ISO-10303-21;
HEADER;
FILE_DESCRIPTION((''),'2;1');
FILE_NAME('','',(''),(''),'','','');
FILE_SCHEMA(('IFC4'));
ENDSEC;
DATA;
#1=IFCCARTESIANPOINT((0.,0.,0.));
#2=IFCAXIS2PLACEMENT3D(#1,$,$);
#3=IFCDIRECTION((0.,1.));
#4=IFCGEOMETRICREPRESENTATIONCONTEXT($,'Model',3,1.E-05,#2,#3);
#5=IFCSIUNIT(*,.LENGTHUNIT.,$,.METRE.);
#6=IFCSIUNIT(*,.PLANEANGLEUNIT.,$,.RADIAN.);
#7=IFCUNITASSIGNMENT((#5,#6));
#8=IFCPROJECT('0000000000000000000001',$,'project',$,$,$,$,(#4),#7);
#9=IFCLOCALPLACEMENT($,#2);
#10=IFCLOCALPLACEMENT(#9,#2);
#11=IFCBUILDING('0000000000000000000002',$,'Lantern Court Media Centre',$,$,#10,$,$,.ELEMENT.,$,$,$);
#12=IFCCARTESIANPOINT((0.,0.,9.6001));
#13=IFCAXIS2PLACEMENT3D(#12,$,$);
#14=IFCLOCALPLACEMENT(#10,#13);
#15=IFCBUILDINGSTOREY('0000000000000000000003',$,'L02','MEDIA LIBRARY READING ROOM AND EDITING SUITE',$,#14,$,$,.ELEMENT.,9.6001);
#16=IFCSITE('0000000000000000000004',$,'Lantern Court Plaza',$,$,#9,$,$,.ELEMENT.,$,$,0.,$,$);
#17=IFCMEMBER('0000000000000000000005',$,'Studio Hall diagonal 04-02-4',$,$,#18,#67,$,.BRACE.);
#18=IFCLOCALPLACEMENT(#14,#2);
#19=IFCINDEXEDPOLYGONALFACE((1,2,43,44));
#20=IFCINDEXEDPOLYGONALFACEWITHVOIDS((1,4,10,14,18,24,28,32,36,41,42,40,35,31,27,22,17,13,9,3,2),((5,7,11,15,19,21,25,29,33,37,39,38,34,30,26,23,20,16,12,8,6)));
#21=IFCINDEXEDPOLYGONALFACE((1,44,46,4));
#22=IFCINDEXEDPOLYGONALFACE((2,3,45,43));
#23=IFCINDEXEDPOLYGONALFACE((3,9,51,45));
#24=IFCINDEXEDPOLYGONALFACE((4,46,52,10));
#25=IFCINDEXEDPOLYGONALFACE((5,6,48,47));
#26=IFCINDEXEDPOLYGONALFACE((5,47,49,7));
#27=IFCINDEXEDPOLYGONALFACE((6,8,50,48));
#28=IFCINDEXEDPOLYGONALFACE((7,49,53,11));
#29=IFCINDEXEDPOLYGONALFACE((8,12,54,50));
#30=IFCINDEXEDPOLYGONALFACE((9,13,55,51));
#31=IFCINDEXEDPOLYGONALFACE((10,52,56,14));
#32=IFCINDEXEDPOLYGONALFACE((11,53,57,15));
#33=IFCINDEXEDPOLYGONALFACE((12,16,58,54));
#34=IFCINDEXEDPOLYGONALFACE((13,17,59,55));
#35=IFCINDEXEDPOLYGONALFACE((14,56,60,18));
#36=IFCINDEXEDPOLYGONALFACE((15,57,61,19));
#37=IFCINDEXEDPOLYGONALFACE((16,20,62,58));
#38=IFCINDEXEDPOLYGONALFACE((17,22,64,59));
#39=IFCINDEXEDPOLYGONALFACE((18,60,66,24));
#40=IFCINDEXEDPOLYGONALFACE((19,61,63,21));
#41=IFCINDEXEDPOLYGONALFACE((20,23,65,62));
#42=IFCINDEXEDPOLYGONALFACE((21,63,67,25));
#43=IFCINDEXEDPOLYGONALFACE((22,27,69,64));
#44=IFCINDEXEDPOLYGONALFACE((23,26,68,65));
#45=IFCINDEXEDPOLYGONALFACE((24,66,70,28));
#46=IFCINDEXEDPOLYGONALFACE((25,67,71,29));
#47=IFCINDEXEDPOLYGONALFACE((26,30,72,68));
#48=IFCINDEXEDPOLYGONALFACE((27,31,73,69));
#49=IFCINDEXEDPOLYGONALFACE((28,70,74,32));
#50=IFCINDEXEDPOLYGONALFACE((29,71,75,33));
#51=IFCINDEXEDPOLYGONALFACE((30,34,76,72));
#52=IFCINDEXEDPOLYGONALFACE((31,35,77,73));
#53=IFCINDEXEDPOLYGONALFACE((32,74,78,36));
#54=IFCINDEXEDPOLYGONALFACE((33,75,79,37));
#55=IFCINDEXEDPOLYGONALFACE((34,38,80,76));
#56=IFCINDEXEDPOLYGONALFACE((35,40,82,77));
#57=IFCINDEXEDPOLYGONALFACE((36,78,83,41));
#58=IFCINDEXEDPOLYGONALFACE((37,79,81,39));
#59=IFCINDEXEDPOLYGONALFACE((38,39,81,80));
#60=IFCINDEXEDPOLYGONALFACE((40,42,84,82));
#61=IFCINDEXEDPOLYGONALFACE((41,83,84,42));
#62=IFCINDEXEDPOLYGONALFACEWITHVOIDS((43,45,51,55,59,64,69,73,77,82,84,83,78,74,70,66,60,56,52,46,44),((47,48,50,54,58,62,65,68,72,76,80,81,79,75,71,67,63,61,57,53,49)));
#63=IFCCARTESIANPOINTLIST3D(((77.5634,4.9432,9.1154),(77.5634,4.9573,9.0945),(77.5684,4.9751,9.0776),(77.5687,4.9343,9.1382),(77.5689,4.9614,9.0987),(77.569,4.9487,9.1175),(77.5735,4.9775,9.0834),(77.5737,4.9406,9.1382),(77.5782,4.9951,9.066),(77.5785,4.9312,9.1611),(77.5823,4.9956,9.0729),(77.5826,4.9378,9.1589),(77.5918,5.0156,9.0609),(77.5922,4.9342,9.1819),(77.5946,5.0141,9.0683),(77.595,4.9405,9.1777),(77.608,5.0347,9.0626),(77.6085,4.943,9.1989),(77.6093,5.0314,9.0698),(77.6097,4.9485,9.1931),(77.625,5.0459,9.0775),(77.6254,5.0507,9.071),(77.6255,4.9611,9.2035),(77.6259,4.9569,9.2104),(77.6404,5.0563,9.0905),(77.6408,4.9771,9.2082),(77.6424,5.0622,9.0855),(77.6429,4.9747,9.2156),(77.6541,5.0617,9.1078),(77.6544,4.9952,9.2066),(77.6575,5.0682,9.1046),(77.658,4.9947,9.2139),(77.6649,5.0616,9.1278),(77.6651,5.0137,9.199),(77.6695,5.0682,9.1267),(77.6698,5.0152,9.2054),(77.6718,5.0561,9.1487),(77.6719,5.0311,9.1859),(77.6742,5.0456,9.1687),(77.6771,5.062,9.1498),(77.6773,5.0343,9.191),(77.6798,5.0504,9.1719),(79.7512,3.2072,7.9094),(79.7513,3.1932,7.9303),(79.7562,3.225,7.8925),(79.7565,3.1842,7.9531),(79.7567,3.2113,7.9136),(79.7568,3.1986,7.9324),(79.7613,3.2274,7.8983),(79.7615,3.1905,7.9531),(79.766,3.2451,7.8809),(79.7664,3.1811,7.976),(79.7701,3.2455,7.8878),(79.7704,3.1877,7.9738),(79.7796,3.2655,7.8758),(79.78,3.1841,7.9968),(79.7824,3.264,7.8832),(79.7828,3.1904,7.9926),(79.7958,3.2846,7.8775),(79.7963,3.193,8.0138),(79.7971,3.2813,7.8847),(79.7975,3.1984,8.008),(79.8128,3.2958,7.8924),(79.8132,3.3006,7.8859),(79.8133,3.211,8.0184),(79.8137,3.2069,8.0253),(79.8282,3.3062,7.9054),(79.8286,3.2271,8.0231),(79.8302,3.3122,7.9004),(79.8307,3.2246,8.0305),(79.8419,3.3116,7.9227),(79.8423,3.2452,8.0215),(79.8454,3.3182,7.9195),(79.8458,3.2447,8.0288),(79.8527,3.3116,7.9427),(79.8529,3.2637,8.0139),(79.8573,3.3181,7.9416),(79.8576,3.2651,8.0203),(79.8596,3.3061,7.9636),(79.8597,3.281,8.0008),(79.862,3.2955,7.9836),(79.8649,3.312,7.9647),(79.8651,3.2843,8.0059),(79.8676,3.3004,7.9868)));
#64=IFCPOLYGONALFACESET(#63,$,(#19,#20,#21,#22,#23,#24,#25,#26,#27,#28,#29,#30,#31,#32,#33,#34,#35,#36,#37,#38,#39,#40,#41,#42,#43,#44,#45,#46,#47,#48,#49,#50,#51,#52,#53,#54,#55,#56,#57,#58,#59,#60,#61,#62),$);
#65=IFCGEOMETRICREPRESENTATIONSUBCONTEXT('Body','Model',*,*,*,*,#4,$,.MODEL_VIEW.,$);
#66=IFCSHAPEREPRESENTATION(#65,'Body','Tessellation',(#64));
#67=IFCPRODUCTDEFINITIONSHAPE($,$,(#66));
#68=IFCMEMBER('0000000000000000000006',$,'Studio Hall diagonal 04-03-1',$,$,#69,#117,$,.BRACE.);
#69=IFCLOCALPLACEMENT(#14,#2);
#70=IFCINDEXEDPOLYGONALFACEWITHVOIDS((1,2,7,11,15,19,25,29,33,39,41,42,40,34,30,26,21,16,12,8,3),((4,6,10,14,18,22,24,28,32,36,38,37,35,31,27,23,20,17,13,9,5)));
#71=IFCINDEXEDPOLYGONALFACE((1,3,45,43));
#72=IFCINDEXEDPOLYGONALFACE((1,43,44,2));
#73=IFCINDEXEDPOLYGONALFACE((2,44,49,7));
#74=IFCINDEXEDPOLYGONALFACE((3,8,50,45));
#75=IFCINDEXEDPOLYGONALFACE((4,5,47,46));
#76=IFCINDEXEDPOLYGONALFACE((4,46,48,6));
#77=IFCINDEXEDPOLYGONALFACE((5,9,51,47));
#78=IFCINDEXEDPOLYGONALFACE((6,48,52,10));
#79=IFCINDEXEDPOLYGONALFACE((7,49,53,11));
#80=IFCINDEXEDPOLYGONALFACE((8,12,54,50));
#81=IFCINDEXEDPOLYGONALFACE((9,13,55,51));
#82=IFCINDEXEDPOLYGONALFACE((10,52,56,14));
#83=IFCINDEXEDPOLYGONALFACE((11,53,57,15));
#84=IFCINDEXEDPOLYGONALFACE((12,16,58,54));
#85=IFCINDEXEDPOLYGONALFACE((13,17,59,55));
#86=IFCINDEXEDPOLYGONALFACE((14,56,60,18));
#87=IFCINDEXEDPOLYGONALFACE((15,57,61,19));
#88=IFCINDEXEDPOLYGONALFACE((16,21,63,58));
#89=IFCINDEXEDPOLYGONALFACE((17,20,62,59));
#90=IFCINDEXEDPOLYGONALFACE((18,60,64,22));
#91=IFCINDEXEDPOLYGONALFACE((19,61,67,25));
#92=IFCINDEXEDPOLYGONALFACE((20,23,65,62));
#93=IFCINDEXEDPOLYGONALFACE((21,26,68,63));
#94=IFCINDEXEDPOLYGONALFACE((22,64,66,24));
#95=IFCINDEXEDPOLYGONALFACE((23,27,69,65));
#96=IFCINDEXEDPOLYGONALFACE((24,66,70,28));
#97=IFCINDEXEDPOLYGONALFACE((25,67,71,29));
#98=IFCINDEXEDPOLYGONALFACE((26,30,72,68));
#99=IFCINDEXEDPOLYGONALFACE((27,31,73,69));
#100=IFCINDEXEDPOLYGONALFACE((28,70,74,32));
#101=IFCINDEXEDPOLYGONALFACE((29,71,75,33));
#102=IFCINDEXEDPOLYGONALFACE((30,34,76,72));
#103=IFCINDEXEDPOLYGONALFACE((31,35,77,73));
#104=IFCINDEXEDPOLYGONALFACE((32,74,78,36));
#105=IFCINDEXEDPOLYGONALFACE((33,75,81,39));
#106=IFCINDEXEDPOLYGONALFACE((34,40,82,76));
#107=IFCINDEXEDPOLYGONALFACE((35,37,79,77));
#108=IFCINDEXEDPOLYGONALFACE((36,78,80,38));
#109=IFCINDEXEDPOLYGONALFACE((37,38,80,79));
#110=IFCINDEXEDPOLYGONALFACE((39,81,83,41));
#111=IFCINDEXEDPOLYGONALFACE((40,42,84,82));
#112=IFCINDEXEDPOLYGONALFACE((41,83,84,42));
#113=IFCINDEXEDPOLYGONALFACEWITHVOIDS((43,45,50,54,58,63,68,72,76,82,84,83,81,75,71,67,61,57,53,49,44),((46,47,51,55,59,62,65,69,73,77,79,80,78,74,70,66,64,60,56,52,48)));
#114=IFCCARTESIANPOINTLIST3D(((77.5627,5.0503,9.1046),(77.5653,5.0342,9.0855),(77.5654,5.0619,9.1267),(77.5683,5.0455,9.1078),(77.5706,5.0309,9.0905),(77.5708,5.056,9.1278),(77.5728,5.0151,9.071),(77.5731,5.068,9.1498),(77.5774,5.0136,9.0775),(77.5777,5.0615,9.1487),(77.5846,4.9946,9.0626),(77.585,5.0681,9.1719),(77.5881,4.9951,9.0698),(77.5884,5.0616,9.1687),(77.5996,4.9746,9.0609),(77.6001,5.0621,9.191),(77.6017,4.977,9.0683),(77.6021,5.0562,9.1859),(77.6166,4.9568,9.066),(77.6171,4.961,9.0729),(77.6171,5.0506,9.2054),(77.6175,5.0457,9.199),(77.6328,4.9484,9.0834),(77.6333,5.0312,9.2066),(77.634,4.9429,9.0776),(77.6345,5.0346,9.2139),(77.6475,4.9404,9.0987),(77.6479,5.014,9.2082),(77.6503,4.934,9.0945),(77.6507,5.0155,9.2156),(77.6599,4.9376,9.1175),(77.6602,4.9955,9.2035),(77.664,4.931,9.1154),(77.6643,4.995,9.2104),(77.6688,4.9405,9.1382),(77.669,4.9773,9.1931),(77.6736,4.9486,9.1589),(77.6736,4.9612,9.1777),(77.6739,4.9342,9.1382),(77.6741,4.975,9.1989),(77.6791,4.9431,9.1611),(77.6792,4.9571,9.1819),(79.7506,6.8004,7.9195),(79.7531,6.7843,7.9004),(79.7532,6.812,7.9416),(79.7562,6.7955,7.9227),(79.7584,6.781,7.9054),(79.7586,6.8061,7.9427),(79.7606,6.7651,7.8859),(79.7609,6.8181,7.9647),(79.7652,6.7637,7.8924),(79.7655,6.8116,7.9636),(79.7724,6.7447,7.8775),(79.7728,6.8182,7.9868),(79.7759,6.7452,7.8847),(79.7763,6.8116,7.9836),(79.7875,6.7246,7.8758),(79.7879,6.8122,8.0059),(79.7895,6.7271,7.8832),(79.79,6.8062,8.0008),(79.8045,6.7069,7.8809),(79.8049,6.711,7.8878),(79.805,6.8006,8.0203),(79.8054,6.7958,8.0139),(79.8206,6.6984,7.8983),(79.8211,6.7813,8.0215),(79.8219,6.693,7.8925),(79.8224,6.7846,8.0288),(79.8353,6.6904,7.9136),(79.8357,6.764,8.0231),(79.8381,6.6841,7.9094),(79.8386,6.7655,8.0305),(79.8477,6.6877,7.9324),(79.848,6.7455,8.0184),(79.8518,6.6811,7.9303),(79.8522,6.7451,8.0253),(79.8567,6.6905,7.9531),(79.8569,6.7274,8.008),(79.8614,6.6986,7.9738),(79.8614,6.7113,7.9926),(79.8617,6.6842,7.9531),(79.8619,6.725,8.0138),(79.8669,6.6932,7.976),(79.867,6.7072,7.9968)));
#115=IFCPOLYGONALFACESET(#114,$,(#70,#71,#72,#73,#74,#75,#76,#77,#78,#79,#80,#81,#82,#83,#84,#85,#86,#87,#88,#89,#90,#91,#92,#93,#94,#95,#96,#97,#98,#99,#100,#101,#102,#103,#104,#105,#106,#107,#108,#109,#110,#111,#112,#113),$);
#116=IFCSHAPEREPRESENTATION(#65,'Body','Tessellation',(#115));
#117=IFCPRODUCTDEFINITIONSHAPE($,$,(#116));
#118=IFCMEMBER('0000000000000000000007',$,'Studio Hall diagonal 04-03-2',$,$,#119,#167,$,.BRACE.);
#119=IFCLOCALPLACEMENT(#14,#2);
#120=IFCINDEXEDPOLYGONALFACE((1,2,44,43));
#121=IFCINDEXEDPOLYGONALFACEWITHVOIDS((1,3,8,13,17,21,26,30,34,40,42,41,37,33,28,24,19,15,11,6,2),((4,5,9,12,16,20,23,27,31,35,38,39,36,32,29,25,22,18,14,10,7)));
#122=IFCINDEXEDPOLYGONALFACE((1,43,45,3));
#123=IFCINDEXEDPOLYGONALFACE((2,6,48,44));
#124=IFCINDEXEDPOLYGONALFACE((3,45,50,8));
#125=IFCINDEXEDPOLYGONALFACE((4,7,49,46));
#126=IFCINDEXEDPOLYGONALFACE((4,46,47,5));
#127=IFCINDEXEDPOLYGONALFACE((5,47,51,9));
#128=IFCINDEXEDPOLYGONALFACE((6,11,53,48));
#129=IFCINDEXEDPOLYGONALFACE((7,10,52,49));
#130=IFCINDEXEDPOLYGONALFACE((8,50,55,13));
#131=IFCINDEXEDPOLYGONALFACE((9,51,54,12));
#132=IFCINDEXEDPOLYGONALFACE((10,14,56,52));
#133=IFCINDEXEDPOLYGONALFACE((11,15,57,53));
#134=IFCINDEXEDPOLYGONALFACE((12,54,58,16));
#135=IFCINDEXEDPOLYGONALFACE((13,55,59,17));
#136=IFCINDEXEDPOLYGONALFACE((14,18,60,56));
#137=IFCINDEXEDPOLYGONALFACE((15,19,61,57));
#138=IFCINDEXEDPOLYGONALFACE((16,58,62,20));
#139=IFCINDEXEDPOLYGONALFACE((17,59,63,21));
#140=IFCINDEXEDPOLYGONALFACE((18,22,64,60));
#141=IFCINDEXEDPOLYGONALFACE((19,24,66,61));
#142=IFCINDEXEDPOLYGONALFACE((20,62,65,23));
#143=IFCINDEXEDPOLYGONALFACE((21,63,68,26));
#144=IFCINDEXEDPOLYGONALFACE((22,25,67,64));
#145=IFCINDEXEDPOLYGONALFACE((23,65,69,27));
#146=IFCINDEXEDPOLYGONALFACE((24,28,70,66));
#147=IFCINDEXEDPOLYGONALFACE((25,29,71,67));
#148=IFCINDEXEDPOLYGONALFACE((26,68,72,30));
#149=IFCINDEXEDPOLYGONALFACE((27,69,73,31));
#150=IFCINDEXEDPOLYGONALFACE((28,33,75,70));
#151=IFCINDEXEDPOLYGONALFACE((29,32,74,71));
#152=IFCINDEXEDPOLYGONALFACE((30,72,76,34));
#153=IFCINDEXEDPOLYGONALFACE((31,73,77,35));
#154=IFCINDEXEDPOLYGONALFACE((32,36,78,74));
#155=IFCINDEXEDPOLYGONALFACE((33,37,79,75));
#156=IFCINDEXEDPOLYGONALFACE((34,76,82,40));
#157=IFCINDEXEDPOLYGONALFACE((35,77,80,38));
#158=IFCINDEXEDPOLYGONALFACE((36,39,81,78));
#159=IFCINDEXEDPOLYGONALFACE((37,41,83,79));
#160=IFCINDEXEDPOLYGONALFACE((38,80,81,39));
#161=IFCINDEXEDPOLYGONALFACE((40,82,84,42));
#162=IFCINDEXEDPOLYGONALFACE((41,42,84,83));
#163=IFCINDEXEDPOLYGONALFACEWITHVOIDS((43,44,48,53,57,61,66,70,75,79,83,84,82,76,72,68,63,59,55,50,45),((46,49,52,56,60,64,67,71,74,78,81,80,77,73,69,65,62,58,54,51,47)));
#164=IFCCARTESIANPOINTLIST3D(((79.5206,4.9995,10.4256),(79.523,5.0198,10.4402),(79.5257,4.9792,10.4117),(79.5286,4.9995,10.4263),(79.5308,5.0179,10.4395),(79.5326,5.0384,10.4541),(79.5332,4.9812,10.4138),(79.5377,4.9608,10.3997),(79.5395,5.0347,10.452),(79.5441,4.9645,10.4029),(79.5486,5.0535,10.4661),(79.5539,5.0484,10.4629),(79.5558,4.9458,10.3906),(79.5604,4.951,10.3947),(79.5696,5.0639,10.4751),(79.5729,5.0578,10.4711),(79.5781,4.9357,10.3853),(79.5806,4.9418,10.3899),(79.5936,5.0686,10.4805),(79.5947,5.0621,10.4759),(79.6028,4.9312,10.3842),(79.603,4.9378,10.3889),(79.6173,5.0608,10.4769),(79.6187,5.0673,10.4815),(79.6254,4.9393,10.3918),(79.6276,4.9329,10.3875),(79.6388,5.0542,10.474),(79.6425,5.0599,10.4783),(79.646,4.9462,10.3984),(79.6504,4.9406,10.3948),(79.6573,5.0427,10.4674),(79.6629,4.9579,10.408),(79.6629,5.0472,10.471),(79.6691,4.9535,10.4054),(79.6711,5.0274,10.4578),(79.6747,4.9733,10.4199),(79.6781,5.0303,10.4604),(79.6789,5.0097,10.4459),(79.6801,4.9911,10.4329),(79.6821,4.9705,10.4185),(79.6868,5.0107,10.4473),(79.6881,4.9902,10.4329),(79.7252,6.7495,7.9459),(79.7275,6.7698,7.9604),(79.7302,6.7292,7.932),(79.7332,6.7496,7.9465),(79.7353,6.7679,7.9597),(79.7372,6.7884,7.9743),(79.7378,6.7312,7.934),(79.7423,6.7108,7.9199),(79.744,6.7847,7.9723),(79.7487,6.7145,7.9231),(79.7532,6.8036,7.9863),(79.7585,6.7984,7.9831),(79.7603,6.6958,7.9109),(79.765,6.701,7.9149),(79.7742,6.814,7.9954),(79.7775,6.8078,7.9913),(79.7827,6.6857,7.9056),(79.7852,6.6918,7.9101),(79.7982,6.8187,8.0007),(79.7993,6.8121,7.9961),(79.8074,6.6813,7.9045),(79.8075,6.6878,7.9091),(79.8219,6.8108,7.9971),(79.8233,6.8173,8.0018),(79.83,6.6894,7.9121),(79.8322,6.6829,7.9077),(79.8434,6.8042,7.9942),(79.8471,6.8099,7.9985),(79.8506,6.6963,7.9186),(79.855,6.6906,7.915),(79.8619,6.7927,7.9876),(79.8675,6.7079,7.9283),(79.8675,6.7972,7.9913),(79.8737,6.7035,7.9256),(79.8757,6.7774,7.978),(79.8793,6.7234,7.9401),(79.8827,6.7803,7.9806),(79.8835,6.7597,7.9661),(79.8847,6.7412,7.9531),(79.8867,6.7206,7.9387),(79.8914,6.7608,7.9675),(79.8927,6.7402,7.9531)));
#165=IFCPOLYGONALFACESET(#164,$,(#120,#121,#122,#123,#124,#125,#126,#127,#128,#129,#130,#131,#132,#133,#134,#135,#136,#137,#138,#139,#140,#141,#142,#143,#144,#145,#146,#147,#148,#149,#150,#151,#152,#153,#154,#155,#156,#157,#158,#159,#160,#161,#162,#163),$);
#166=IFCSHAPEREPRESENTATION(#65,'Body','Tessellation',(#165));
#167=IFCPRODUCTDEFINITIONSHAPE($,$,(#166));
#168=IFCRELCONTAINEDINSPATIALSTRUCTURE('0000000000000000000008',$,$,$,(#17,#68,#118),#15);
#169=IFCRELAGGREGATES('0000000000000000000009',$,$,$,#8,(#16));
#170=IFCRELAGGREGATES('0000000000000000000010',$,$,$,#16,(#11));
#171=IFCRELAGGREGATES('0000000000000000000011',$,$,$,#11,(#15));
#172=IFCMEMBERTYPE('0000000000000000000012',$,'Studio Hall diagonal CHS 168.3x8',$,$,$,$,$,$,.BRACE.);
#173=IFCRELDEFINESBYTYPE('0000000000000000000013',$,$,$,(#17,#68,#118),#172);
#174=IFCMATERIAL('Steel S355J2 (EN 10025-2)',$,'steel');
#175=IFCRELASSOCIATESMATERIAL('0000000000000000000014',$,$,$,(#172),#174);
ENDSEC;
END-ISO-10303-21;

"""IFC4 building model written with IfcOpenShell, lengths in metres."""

from ifc_helpers import new_model, si_unit, direction, frame, origin, origin_2d, place, context, subcontext, project, spatial, hollow_circle, extrude, material, material_profile, profile_set, type_object, element, save


model = new_model("IFC4")

# Units and contexts
model_context = context("Model", 3, precision=1e-05, world=origin(), true_north=direction((0.0, 1.0)))
body_context = subcontext(model_context, "Body", "Model", "MODEL_VIEW")
ifc_project = project(units=[si_unit("LENGTHUNIT", "METRE"), si_unit("PLANEANGLEUNIT", "RADIAN")], contexts=[model_context])

# Site, building, storey
site_placement = place(None, origin())
site = spatial("IfcSite", under=ifc_project, at=site_placement, Name="Lantern Court Plaza", CompositionType="ELEMENT", RefElevation=0.0)
building_placement = place(site_placement, origin())
building = spatial("IfcBuilding", under=site, at=building_placement, Name="Lantern Court Media Centre", CompositionType="ELEMENT")
storey_placement = place(building_placement, frame((0.0, 0.0, 9.6001)))
storey = spatial("IfcBuildingStorey", under=building, at=storey_placement, Name="L02", Description="MEDIA LIBRARY READING ROOM AND EDITING SUITE", CompositionType="ELEMENT", Elevation=9.6001)

# Members
ifc_material = material(Name="Steel S355J2 (EN 10025-2)", Category="steel")
ifc_material_profile_1 = material_profile(ifc_material, hollow_circle(Radius=0.0842, WallThickness=0.0081, at=origin_2d()), Name="Studio Hall diagonal CHS 168.3x8")
ifc_profile_set_1 = profile_set([ifc_material_profile_1], Name="Steel S355J2 (EN 10025-2)")
member_type_1 = type_object("IfcMemberType", Name="Studio Hall diagonal CHS 168.3x8", PredefinedType="BRACE", material=ifc_profile_set_1)
for number, where, z_axis, x_axis, name in (
    (1, (79.8091, 3.25, 7.9531), (-0.719206, 0.5753, 0.38958), (-0.624653, -0.780903, 0.0), "Studio Hall diagonal 04-02-4"),
    (2, (79.8091, 6.75, 7.9531), (-0.719206, -0.5753, 0.38958), (0.624653, -0.780903, 0.0), "Studio Hall diagonal 04-03-1"),
    (3, (79.8091, 6.75, 7.9531), (-0.067256, -0.575289, 0.81518), (0.993235, -0.116118, 0.0), "Studio Hall diagonal 04-03-2"),
):
    element("IfcMember", number, at=place(storey_placement, frame(where, z_axis=z_axis, x_axis=x_axis)), inside=storey, type_object=member_type_1, Name=name, PredefinedType="BRACE", context=body_context, shape_type="SweptSolid", body=[
        extrude(hollow_circle(Radius=0.0842, WallThickness=0.0081, at=origin_2d()), origin(), (0.0, 0.0, 1.0), 3.042),
    ])

save(model, "model.ifc")
